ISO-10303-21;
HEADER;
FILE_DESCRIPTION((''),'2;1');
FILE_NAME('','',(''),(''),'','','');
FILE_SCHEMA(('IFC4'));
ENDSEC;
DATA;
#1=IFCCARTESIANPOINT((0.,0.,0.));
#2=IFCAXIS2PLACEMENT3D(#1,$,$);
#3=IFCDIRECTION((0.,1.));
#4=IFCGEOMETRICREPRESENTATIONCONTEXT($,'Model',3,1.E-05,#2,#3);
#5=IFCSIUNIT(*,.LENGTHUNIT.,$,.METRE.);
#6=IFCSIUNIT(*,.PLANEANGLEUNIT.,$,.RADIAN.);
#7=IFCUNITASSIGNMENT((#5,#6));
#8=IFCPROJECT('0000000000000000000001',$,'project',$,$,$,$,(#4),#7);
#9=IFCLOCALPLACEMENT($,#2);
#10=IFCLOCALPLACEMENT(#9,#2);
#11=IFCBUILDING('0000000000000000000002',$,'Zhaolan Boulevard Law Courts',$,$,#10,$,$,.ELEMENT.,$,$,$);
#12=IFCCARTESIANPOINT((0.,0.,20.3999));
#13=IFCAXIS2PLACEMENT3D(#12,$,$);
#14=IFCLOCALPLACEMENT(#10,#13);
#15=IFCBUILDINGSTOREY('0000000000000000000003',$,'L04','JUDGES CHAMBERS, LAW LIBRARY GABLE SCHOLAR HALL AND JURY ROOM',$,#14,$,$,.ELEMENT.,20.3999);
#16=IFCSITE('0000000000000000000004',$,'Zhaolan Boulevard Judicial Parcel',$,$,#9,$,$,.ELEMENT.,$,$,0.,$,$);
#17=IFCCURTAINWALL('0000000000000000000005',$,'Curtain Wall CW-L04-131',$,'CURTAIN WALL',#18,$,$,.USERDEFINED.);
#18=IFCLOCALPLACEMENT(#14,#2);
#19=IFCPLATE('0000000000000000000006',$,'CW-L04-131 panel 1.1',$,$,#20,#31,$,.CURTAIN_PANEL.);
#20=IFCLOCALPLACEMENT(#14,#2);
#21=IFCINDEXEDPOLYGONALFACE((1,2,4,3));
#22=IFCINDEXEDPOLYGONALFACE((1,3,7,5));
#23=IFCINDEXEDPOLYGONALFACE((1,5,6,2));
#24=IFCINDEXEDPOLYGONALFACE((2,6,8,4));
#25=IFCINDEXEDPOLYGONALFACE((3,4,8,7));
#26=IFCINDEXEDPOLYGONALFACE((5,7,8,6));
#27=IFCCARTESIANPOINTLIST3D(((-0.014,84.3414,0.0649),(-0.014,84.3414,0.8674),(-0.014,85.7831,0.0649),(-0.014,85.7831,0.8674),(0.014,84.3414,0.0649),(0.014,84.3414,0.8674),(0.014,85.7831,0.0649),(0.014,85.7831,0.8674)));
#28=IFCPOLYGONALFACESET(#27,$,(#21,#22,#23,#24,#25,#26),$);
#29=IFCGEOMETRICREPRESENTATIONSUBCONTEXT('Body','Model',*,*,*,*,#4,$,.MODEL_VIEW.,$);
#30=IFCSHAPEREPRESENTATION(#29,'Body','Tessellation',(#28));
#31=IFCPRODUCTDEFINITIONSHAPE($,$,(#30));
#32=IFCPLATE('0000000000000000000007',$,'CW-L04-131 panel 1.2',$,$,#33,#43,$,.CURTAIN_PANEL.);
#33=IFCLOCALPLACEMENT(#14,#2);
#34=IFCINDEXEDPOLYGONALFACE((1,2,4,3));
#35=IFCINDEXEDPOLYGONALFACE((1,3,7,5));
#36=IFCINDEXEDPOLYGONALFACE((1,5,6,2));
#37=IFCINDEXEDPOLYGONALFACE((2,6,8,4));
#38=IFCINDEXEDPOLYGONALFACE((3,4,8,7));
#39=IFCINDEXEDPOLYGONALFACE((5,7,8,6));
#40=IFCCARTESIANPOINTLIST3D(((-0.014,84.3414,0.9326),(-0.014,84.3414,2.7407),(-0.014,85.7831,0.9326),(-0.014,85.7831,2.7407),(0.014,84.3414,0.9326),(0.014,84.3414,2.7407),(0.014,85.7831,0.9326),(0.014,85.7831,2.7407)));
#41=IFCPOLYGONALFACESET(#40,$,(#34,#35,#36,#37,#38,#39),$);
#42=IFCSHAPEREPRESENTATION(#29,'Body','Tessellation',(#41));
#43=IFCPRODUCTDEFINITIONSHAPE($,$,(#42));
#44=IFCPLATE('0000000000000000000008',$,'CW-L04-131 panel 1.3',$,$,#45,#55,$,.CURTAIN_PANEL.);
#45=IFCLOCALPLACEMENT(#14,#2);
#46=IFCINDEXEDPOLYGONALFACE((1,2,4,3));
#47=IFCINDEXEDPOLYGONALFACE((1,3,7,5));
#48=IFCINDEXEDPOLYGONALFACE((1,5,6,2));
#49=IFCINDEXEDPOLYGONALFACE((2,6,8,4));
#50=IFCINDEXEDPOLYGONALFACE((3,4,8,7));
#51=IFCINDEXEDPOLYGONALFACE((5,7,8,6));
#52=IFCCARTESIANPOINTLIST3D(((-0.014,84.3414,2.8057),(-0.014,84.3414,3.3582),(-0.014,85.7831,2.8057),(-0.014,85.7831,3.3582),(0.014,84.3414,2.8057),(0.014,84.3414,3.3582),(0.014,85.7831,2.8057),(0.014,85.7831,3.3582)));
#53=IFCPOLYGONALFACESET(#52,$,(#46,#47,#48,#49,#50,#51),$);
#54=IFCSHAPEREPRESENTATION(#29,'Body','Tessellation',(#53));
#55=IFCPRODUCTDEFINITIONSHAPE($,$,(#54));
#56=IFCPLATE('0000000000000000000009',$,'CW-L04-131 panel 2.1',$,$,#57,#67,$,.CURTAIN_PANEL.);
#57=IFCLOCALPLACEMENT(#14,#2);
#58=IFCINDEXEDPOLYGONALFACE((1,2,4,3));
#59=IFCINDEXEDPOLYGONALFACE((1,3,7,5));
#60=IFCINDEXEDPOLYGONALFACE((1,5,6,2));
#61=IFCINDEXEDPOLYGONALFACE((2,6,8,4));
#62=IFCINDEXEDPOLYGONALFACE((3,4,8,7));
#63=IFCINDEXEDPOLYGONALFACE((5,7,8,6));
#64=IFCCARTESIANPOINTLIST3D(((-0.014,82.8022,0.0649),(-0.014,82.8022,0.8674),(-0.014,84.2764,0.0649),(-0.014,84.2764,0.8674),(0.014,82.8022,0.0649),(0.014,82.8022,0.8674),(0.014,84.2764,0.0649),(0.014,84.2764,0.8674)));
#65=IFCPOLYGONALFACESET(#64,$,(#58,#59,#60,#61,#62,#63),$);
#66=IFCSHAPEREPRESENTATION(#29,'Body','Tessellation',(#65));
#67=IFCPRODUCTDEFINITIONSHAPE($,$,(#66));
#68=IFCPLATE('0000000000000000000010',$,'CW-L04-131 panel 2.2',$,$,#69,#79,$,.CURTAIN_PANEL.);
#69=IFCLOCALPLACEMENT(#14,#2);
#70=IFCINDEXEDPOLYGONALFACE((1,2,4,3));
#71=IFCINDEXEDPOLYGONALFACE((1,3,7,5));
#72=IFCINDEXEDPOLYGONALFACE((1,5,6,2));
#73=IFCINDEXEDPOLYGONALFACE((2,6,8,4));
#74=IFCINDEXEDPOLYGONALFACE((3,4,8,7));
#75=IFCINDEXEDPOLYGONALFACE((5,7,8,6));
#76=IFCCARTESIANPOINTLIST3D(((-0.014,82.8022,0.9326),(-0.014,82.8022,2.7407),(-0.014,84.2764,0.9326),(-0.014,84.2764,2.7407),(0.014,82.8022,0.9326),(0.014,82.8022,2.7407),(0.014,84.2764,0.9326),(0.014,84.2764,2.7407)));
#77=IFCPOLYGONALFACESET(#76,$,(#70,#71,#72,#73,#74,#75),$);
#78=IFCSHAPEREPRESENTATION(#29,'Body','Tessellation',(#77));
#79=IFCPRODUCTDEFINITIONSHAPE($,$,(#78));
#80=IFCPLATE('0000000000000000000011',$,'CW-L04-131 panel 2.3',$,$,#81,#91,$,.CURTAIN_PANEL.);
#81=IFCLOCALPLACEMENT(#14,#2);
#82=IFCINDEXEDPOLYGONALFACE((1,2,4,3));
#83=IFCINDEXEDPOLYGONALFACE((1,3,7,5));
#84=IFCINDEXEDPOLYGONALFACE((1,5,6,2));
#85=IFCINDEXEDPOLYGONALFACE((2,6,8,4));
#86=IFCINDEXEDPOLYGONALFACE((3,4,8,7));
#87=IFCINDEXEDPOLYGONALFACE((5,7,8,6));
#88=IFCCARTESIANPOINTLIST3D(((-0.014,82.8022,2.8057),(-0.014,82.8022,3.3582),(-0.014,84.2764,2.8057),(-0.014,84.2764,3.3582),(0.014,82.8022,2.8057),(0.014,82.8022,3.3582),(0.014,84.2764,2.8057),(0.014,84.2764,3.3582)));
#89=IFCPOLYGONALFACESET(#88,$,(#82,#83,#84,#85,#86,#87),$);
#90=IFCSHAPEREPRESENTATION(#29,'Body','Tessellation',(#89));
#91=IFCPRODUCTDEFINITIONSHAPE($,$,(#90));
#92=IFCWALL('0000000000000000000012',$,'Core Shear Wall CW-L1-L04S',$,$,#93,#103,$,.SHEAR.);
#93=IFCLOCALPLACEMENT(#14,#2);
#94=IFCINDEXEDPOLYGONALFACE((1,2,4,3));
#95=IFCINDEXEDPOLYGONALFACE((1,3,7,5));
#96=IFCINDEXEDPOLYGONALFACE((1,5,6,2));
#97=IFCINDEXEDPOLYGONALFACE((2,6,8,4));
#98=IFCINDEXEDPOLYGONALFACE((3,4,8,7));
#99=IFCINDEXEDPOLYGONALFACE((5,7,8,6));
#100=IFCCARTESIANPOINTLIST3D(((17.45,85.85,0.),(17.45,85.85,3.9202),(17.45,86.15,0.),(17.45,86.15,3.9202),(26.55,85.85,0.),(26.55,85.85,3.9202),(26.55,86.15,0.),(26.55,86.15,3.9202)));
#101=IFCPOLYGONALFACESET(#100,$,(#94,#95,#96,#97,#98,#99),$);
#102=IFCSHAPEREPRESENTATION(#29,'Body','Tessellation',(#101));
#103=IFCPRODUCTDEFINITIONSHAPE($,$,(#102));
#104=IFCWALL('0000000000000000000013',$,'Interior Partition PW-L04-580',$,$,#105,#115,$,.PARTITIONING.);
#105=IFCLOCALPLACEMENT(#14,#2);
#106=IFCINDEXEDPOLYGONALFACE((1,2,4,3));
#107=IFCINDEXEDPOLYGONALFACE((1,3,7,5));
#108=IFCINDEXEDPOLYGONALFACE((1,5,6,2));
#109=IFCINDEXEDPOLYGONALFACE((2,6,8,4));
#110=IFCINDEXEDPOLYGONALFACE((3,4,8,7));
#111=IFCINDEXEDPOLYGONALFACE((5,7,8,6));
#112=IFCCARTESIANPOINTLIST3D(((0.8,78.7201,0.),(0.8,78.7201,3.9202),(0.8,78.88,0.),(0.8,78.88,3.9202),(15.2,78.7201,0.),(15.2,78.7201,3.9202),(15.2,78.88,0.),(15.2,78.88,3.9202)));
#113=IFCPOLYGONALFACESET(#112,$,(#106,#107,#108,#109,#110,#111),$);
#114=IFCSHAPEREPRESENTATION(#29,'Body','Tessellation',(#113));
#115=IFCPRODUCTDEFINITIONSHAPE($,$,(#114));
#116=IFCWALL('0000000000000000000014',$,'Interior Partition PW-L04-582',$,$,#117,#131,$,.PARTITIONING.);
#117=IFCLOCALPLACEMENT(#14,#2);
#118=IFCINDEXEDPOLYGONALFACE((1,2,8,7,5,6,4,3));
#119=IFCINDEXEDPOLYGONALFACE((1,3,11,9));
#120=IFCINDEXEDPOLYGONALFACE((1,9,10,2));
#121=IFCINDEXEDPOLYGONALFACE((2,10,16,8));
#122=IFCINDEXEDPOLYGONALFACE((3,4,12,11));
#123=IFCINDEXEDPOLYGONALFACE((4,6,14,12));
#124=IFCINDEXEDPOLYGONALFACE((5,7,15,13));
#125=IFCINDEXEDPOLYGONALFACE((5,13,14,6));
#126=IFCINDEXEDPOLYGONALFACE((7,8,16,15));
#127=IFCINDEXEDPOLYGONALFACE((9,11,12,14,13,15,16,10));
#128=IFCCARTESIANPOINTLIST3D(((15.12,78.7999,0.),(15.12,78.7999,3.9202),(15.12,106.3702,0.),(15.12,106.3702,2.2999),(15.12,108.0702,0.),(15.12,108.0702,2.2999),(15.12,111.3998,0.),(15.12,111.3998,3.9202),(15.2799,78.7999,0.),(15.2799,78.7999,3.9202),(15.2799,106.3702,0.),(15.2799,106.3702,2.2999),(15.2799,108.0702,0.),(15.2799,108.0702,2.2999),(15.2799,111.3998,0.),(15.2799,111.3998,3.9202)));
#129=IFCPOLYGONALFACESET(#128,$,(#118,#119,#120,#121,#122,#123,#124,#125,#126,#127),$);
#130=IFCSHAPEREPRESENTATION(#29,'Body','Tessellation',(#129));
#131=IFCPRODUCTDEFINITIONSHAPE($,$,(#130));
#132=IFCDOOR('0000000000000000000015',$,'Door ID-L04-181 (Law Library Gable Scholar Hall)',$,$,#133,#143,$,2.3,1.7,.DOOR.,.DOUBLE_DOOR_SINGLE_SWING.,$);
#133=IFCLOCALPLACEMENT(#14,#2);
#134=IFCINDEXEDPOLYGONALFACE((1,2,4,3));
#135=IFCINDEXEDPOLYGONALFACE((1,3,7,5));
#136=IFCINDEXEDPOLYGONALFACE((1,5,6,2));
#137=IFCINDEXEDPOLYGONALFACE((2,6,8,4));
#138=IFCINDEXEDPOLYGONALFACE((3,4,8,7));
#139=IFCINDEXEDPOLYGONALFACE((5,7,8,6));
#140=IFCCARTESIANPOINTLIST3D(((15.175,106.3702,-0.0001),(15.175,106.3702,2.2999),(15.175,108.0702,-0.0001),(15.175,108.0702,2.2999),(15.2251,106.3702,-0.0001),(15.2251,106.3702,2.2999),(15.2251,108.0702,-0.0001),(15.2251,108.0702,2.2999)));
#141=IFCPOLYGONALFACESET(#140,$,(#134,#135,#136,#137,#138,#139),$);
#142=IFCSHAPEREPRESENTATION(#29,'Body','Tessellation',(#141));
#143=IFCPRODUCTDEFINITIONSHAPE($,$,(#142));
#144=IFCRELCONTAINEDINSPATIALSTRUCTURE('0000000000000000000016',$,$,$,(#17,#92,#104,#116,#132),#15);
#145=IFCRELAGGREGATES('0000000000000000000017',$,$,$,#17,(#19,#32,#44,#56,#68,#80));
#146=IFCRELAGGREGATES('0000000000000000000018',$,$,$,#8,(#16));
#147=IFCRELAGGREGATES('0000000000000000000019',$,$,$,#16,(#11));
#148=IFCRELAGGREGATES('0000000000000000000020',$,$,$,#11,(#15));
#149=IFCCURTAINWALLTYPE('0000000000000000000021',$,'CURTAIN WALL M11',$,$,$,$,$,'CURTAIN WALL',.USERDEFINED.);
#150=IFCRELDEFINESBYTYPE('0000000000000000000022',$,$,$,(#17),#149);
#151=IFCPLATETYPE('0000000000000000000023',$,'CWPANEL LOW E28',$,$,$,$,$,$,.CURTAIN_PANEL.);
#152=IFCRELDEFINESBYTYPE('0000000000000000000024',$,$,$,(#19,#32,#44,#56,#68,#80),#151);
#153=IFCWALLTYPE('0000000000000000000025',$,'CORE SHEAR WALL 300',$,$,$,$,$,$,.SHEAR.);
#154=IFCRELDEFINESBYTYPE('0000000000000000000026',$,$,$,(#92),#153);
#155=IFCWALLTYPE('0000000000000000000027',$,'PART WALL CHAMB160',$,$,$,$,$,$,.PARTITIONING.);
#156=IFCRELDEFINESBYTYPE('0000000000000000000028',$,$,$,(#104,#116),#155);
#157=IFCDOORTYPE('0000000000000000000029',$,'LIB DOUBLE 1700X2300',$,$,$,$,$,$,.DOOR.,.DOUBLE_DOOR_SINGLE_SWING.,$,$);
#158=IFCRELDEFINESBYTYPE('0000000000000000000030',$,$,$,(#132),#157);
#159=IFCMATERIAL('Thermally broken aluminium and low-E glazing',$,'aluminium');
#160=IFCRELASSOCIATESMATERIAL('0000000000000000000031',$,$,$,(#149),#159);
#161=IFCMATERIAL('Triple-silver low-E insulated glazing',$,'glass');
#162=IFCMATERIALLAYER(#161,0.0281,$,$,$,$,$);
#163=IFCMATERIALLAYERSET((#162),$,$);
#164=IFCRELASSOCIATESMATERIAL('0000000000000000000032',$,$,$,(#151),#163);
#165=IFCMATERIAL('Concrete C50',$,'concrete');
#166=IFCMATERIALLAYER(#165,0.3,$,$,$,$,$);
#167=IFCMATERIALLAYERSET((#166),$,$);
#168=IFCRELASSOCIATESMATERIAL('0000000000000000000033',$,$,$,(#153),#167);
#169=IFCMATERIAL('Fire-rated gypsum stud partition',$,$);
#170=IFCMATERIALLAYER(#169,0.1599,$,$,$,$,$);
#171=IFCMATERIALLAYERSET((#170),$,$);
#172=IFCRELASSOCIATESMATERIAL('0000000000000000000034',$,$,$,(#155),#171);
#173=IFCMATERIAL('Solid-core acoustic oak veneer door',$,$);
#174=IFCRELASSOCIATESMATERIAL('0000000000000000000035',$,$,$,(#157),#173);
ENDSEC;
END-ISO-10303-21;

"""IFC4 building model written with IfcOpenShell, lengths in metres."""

from ifc_helpers import new_model, si_unit, direction, frame, frame_2d, origin, origin_2d, place, context, subcontext, project, spatial, rectangle, extrude, material, layer, layer_set, type_object, element, fill, aggregate, save


model = new_model("IFC4")

# Units and contexts
model_context = context("Model", 3, precision=1e-05, world=origin(), true_north=direction((0.0, 1.0)))
body_context = subcontext(model_context, "Body", "Model", "MODEL_VIEW")
ifc_project = project(units=[si_unit("LENGTHUNIT", "METRE"), si_unit("PLANEANGLEUNIT", "RADIAN")], contexts=[model_context])

# Site, building, storey
site_placement = place(None, origin())
site = spatial("IfcSite", under=ifc_project, at=site_placement, Name="Zhaolan Boulevard Judicial Parcel", CompositionType="ELEMENT", RefElevation=0.0)
building_placement = place(site_placement, origin())
building = spatial("IfcBuilding", under=site, at=building_placement, Name="Zhaolan Boulevard Law Courts", CompositionType="ELEMENT")
storey_placement = place(building_placement, frame((0.0, 0.0, 20.3999)))
storey = spatial("IfcBuildingStorey", under=building, at=storey_placement, Name="L04", Description="JUDGES CHAMBERS, LAW LIBRARY GABLE SCHOLAR HALL AND JURY ROOM", CompositionType="ELEMENT", Elevation=20.3999)

# Curtain wall
ifc_material_1 = material(Name="Thermally broken aluminium and low-E glazing", Category="aluminium")
curtain_wall_type = type_object("IfcCurtainWallType", Name="CURTAIN WALL M11", ElementType="CURTAIN WALL", PredefinedType="USERDEFINED", material=ifc_material_1)
curtain_wall_placement = place(storey_placement, origin())
curtain_wall = element("IfcCurtainWall", 1, at=curtain_wall_placement, inside=storey, type_object=curtain_wall_type, Name="Curtain Wall CW-L04-131", ObjectType="CURTAIN WALL", PredefinedType="USERDEFINED")

# Plates
ifc_material_2 = material(Name="Triple-silver low-E insulated glazing", Category="glass")
ifc_layer_1 = layer(ifc_material_2, 0.0281)
ifc_layer_set_1 = layer_set([ifc_layer_1])
plate_type = type_object("IfcPlateType", Name="CWPANEL LOW E28", PredefinedType="CURTAIN_PANEL", material=ifc_layer_set_1)
plate_1_placement = place(storey_placement, frame((0.0, 85.0623, 0.0649), z_axis=(0.0, 0.0, 1.0), x_axis=(0.0, -1.0, 0.0)))
plate_1 = element("IfcPlate", 2, at=plate_1_placement, type_object=plate_type, Name="CW-L04-131 panel 1.1", PredefinedType="CURTAIN_PANEL", context=body_context, shape_type="SweptSolid", body=[
    extrude(rectangle(XDim=1.4417, YDim=0.0281, at=origin_2d()), origin(), (0.0, 0.0, 1.0), 0.8025),
])
plate_2_placement = place(storey_placement, frame((0.0, 85.0623, 0.9326), z_axis=(0.0, 0.0, 1.0), x_axis=(0.0, -1.0, 0.0)))
plate_2 = element("IfcPlate", 3, at=plate_2_placement, type_object=plate_type, Name="CW-L04-131 panel 1.2", PredefinedType="CURTAIN_PANEL", context=body_context, shape_type="SweptSolid", body=[
    extrude(rectangle(XDim=1.4417, YDim=0.0281, at=origin_2d()), origin(), (0.0, 0.0, 1.0), 1.8081),
])
plate_3_placement = place(storey_placement, frame((0.0, 85.0623, 2.8057), z_axis=(0.0, 0.0, 1.0), x_axis=(0.0, -1.0, 0.0)))
plate_3 = element("IfcPlate", 4, at=plate_3_placement, type_object=plate_type, Name="CW-L04-131 panel 1.3", PredefinedType="CURTAIN_PANEL", context=body_context, shape_type="SweptSolid", body=[
    extrude(rectangle(XDim=1.4417, YDim=0.0281, at=origin_2d()), origin(), (0.0, 0.0, 1.0), 0.5525),
])
plate_4_placement = place(storey_placement, frame((0.0, 83.5393, 0.0649), z_axis=(0.0, 0.0, 1.0), x_axis=(0.0, -1.0, 0.0)))
plate_4 = element("IfcPlate", 5, at=plate_4_placement, type_object=plate_type, Name="CW-L04-131 panel 2.1", PredefinedType="CURTAIN_PANEL", context=body_context, shape_type="SweptSolid", body=[
    extrude(rectangle(XDim=1.4741, YDim=0.0281, at=origin_2d()), origin(), (0.0, 0.0, 1.0), 0.8025),
])
plate_5_placement = place(storey_placement, frame((0.0, 83.5393, 0.9326), z_axis=(0.0, 0.0, 1.0), x_axis=(0.0, -1.0, 0.0)))
plate_5 = element("IfcPlate", 6, at=plate_5_placement, type_object=plate_type, Name="CW-L04-131 panel 2.2", PredefinedType="CURTAIN_PANEL", context=body_context, shape_type="SweptSolid", body=[
    extrude(rectangle(XDim=1.4741, YDim=0.0281, at=origin_2d()), origin(), (0.0, 0.0, 1.0), 1.8081),
])
plate_6_placement = place(storey_placement, frame((0.0, 83.5393, 2.8057), z_axis=(0.0, 0.0, 1.0), x_axis=(0.0, -1.0, 0.0)))
plate_6 = element("IfcPlate", 7, at=plate_6_placement, type_object=plate_type, Name="CW-L04-131 panel 2.3", PredefinedType="CURTAIN_PANEL", context=body_context, shape_type="SweptSolid", body=[
    extrude(rectangle(XDim=1.4741, YDim=0.0281, at=origin_2d()), origin(), (0.0, 0.0, 1.0), 0.5525),
])
aggregate(curtain_wall, [plate_1, plate_2, plate_3, plate_4, plate_5, plate_6])

# Walls
ifc_material_3 = material(Name="Concrete C50", Category="concrete")
ifc_layer_2 = layer(ifc_material_3, 0.3)
ifc_layer_set_2 = layer_set([ifc_layer_2])
wall_type_1 = type_object("IfcWallType", Name="CORE SHEAR WALL 300", PredefinedType="SHEAR", material=ifc_layer_set_2)
wall_1_placement = place(storey_placement, frame((17.45, 86.0, 0.0), z_axis=(0.0, 0.0, 1.0), x_axis=(1.0, 0.0, 0.0)))
element("IfcWall", 8, at=wall_1_placement, inside=storey, type_object=wall_type_1, Name="Core Shear Wall CW-L1-L04S", PredefinedType="SHEAR", context=body_context, shape_type="SweptSolid", body=[
    extrude(rectangle(XDim=9.1001, YDim=0.3, at=frame_2d((4.55, 0.0))), origin(), (0.0, 0.0, 1.0), 3.9202),
])
ifc_material_4 = material(Name="Fire-rated gypsum stud partition")
ifc_layer_3 = layer(ifc_material_4, 0.1599)
ifc_layer_set_3 = layer_set([ifc_layer_3])
wall_type_2 = type_object("IfcWallType", Name="PART WALL CHAMB160", PredefinedType="PARTITIONING", material=ifc_layer_set_3)
wall_2_placement = place(storey_placement, frame((0.8, 78.8, 0.0), z_axis=(0.0, 0.0, 1.0), x_axis=(1.0, 0.0, 0.0)))
element("IfcWall", 9, at=wall_2_placement, inside=storey, type_object=wall_type_2, Name="Interior Partition PW-L04-580", PredefinedType="PARTITIONING", context=body_context, shape_type="SweptSolid", body=[
    extrude(rectangle(XDim=14.3999, YDim=0.1599, at=frame_2d((7.2, 0.0))), origin(), (0.0, 0.0, 1.0), 3.9202),
])

# Wall, opening, door
wall_3_placement = place(storey_placement, frame((15.2, 78.8, 0.0), z_axis=(0.0, 0.0, 1.0), x_axis=(0.0, 1.0, 0.0)))
wall_3 = element("IfcWall", 10, at=wall_3_placement, inside=storey, type_object=wall_type_2, Name="Interior Partition PW-L04-582", PredefinedType="PARTITIONING", context=body_context, shape_type="SweptSolid", body=[
    extrude(rectangle(XDim=32.5999, YDim=0.1599, at=frame_2d((16.2998, 0.0))), origin(), (0.0, 0.0, 1.0), 3.9202),
])
opening_placement = place(wall_3_placement, frame((27.5701, 0.0, 0.0)))
opening = element("IfcOpeningElement", 11, at=opening_placement, cuts=wall_3, PredefinedType="OPENING", context=body_context, shape_type="SweptSolid", body=[
    extrude(rectangle(XDim=1.7, YDim=2.3, at=frame_2d((0.8501, 1.1499))), frame((0.0, 0.0898, 0.0), z_axis=(0.0, -1.0, 0.0), x_axis=(1.0, 0.0, 0.0)), (0.0, 0.0, 1.0), 0.1799),
])
ifc_material_5 = material(Name="Solid-core acoustic oak veneer door")
door_type = type_object("IfcDoorType", Name="LIB DOUBLE 1700X2300", OperationType="DOUBLE_DOOR_SINGLE_SWING", PredefinedType="DOOR", material=ifc_material_5)
door_placement = place(opening_placement, origin())
door = element("IfcDoor", 12, at=door_placement, inside=storey, type_object=door_type, Name="Door ID-L04-181 (Law Library Gable Scholar Hall)", OperationType="DOUBLE_DOOR_SINGLE_SWING", OverallHeight=2.3, OverallWidth=1.7, PredefinedType="DOOR", context=body_context, shape_type="SweptSolid", body=[
    extrude(rectangle(XDim=1.7, YDim=2.3, at=frame_2d((0.8501, 1.1499))), frame((0.0, 0.0249, 0.0), z_axis=(0.0, -1.0, 0.0), x_axis=(1.0, 0.0, 0.0)), (0.0, 0.0, 1.0), 0.05),
])
fill(opening, door)

save(model, "model.ifc")
